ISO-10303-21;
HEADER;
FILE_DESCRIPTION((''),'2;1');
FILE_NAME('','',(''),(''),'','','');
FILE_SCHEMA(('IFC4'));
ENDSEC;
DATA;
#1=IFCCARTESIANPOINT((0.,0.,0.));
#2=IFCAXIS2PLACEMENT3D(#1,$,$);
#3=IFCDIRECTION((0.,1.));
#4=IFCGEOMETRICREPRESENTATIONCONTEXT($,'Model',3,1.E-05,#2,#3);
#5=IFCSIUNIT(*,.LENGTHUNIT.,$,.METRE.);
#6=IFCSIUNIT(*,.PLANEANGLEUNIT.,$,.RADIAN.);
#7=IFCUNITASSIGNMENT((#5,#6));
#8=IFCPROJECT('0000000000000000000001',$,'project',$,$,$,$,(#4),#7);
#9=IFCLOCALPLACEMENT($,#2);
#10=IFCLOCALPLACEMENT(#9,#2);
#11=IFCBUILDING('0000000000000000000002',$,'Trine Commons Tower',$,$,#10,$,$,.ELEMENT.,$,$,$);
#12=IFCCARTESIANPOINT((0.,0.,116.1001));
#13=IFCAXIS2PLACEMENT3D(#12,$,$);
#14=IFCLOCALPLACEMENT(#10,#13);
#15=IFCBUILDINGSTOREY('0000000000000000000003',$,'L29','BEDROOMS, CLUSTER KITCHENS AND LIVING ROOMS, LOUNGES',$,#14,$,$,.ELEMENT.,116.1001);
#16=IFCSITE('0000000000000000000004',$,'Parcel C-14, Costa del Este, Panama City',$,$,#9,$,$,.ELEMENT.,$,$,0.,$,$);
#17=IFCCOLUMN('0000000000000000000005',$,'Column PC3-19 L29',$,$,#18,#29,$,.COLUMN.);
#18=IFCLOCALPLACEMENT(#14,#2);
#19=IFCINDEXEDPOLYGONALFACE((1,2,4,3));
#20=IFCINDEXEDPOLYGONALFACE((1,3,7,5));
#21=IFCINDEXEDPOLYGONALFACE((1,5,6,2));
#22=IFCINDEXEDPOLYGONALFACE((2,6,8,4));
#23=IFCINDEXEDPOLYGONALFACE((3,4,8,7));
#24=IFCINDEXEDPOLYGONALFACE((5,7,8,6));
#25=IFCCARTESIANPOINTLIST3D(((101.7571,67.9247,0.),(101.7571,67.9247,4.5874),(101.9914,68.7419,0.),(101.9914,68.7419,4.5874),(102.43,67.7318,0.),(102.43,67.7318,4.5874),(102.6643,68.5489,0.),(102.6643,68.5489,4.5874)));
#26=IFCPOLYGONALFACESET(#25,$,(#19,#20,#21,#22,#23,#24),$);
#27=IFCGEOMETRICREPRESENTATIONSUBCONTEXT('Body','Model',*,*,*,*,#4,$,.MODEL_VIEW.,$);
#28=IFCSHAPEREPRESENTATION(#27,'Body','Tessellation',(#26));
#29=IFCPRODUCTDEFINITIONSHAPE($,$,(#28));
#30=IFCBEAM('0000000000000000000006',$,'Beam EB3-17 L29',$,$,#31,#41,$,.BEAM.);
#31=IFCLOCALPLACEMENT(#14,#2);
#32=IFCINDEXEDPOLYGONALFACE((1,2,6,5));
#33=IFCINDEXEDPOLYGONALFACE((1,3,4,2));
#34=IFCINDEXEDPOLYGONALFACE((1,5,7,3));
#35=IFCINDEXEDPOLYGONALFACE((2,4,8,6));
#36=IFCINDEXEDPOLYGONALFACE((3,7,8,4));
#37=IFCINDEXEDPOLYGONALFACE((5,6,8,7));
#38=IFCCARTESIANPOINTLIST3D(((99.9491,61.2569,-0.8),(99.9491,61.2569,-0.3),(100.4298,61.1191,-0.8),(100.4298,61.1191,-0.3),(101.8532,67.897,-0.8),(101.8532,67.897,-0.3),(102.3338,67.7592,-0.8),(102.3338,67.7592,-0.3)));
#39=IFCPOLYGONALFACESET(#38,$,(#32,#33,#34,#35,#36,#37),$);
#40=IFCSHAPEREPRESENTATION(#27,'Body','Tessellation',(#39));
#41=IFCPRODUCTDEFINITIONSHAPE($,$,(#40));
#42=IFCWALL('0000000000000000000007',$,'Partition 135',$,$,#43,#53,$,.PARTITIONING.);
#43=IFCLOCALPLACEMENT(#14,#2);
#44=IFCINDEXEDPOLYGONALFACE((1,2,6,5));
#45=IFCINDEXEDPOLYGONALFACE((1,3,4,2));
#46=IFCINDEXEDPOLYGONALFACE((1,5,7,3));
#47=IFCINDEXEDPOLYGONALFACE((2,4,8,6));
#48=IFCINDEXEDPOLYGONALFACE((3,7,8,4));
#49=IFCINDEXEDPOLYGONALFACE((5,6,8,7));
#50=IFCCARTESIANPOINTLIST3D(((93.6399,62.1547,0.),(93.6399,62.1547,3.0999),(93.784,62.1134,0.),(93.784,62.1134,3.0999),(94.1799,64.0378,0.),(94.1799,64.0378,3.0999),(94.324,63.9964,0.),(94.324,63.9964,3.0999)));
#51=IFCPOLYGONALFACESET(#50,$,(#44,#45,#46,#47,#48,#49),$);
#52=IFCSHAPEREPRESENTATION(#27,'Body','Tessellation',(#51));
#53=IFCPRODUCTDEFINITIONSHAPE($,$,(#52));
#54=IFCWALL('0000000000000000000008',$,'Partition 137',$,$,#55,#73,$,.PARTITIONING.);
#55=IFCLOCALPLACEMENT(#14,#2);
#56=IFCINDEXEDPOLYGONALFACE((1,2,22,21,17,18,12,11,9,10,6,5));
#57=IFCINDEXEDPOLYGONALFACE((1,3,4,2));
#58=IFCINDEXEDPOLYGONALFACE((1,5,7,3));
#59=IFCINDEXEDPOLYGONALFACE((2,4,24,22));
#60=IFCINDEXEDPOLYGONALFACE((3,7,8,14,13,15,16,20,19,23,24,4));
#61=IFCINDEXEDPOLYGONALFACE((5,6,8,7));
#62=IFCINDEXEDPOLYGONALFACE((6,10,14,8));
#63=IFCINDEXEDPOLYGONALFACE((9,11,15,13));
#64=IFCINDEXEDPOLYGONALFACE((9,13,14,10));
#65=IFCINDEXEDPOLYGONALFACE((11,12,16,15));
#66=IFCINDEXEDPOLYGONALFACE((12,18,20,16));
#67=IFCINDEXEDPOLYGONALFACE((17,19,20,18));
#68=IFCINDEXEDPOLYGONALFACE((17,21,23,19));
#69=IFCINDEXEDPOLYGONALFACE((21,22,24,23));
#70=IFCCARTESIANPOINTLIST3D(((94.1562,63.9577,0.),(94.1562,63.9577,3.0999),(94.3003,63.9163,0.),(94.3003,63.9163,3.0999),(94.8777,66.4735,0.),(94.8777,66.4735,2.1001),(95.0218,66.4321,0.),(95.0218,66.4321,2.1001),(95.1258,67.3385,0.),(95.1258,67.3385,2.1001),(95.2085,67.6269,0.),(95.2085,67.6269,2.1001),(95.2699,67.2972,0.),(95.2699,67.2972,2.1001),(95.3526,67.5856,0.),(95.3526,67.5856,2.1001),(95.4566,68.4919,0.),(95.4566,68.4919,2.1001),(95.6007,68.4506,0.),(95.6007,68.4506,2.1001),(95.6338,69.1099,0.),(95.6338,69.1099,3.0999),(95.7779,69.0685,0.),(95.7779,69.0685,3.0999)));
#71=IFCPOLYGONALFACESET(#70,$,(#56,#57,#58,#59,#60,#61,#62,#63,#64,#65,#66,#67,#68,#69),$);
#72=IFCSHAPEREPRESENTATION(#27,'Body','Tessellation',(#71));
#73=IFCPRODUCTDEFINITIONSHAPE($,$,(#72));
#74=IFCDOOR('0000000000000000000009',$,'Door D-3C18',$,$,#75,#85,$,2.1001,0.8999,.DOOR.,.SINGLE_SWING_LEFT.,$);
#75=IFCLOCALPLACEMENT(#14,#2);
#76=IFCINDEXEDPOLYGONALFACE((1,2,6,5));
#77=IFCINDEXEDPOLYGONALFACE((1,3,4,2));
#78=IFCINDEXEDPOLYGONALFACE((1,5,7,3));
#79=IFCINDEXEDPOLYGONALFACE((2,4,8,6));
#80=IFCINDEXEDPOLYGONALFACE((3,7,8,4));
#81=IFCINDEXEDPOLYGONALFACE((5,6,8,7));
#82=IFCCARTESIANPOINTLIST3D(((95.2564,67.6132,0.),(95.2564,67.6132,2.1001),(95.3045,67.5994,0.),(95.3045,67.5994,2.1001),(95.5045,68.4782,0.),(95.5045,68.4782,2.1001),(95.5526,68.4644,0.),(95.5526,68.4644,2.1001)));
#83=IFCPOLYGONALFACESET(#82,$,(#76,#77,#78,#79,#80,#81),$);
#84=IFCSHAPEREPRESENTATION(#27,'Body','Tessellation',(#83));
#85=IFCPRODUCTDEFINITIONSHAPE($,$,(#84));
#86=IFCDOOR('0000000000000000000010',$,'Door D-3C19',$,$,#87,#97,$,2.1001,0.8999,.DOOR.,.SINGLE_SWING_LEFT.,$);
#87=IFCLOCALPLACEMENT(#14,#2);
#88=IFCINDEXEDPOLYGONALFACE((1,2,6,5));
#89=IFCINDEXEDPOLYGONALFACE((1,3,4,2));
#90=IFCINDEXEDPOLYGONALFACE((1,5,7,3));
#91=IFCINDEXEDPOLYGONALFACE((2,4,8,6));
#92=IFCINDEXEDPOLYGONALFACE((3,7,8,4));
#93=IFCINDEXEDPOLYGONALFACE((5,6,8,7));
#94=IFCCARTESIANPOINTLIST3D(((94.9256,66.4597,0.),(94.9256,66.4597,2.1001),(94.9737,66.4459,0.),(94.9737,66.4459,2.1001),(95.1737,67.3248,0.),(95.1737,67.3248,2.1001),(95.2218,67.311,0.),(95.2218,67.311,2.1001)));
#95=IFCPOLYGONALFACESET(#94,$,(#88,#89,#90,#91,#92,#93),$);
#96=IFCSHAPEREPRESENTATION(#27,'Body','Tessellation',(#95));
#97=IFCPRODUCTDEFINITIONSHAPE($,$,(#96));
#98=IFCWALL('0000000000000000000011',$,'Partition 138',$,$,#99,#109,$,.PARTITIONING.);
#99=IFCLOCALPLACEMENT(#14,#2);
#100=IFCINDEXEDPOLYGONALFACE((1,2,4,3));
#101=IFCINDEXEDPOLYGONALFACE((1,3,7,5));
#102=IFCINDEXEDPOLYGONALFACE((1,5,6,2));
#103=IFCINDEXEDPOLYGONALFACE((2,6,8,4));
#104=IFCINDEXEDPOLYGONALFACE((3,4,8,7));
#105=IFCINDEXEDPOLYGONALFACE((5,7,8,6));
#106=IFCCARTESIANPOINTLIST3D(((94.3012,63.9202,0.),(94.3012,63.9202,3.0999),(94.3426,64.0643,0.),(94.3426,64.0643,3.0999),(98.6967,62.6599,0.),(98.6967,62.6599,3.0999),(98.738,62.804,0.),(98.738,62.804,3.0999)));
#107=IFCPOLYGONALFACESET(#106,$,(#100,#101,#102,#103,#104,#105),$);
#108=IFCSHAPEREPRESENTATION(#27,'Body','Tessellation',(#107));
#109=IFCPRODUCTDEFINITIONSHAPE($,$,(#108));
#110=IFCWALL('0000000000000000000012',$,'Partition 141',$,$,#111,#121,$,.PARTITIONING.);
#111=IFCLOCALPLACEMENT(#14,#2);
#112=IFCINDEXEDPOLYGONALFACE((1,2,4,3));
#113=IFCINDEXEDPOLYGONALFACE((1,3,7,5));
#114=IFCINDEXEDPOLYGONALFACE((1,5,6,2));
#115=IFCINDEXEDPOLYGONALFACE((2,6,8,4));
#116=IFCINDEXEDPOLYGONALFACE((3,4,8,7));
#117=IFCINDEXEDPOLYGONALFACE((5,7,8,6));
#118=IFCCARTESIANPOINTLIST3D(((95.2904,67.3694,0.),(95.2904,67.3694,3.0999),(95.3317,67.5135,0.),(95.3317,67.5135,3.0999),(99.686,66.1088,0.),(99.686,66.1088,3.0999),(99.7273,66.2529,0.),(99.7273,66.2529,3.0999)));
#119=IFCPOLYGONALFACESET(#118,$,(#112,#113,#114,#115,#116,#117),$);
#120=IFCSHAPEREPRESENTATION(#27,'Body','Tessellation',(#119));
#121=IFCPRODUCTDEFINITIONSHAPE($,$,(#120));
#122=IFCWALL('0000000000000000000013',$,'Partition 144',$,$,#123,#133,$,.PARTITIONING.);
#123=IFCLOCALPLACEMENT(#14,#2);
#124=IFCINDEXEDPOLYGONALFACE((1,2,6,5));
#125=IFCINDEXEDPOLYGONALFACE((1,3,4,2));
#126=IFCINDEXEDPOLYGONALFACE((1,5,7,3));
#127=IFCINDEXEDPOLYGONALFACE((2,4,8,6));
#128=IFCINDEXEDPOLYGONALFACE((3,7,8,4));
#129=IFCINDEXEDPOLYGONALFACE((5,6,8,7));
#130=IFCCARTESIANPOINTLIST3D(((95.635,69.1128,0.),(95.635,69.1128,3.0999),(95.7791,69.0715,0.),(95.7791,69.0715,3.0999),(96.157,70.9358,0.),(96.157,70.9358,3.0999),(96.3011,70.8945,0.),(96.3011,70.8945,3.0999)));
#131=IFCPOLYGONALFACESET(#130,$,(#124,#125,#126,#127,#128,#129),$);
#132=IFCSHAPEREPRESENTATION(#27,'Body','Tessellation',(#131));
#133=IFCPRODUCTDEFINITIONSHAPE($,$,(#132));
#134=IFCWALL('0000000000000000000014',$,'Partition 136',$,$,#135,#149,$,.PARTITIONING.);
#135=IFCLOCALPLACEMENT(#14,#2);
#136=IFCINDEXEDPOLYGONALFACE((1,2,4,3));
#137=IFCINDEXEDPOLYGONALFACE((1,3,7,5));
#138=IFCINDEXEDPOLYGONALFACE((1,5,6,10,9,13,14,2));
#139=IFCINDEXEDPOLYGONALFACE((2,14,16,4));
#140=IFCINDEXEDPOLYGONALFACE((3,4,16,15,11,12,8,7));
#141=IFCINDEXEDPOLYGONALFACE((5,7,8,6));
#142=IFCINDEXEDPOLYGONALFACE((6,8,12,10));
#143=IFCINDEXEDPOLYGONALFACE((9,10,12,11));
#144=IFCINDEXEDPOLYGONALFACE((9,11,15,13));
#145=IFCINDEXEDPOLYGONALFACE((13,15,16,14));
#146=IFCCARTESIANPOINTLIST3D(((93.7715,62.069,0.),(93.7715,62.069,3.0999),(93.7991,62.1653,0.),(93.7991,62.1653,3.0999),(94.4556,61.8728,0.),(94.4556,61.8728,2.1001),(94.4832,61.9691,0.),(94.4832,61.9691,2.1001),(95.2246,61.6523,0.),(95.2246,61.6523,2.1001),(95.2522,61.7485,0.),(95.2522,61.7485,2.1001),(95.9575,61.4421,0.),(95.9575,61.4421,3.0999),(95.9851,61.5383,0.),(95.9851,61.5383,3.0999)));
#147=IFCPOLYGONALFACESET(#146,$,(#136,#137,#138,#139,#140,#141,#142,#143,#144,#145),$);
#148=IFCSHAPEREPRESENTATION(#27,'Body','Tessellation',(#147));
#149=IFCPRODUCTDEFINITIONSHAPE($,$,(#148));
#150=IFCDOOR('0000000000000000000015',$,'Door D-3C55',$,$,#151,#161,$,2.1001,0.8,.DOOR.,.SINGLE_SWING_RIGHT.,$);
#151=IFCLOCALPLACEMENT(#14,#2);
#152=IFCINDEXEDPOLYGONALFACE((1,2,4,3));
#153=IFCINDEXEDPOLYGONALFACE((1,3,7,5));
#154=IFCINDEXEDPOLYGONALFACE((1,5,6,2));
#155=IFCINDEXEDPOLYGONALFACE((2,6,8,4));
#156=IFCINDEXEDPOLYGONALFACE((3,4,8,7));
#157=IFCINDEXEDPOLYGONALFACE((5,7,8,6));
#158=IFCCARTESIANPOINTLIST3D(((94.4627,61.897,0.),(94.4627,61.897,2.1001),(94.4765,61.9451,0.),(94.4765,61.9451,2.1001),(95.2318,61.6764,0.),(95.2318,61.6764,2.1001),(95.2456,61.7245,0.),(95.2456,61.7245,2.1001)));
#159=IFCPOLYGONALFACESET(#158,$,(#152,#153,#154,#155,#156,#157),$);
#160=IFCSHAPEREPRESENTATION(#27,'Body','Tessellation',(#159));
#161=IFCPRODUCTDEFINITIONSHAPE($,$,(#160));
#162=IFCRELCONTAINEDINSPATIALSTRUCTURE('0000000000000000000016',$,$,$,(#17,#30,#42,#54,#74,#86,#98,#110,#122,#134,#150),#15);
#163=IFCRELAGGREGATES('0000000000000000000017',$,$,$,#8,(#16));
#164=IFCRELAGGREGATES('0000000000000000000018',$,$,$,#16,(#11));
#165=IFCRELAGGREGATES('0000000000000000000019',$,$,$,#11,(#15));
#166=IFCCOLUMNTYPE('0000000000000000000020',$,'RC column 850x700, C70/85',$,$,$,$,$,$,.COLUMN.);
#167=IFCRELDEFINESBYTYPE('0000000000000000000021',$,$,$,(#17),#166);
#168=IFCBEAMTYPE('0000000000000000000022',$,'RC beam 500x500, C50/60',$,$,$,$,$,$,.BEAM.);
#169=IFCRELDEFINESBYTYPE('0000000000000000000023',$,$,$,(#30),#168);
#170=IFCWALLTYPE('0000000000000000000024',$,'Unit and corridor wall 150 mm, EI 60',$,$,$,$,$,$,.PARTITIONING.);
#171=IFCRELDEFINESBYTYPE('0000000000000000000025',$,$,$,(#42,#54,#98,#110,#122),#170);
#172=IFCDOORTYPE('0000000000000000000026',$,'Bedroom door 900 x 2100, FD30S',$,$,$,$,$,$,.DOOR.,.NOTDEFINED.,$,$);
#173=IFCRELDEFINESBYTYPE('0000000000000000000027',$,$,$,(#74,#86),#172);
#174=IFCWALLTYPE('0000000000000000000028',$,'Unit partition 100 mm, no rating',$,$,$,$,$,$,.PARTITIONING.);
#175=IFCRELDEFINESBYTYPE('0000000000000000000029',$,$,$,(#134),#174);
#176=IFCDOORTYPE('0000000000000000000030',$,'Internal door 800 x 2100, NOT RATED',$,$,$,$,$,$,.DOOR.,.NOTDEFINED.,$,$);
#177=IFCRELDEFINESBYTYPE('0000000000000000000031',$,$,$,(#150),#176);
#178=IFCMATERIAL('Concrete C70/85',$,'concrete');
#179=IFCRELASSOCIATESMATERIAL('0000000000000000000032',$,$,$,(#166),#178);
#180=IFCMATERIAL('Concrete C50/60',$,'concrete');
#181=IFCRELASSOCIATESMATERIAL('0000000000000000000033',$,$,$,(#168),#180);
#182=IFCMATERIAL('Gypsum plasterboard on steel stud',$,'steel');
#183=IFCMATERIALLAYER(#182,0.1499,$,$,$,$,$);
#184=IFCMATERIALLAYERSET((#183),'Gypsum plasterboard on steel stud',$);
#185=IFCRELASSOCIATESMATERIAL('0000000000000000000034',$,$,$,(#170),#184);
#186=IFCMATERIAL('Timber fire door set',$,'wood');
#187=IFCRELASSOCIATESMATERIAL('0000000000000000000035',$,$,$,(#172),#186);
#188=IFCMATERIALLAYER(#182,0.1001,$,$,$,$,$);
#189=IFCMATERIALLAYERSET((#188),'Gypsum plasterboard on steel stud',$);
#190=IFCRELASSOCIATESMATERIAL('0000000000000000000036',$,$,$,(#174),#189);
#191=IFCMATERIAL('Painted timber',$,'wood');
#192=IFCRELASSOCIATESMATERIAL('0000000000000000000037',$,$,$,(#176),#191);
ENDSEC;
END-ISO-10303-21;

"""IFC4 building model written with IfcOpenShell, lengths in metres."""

from ifc_helpers import new_model, si_unit, direction, frame, frame_2d, origin, origin_2d, place, context, subcontext, project, spatial, rectangle, extrude, material, layer, layer_set, material_profile, profile_set, type_object, element, fill, save


model = new_model("IFC4")

# Units and contexts
model_context = context("Model", 3, precision=1e-05, world=origin(), true_north=direction((0.0, 1.0)))
body_context = subcontext(model_context, "Body", "Model", "MODEL_VIEW")
ifc_project = project(units=[si_unit("LENGTHUNIT", "METRE"), si_unit("PLANEANGLEUNIT", "RADIAN")], contexts=[model_context])

# Site, building, storey
site_placement = place(None, origin())
site = spatial("IfcSite", under=ifc_project, at=site_placement, Name="Parcel C-14, Costa del Este, Panama City", CompositionType="ELEMENT", RefElevation=0.0)
building_placement = place(site_placement, origin())
building = spatial("IfcBuilding", under=site, at=building_placement, Name="Trine Commons Tower", CompositionType="ELEMENT")
storey_placement = place(building_placement, frame((0.0, 0.0, 116.1001)))
storey = spatial("IfcBuildingStorey", under=building, at=storey_placement, Name="L29", Description="BEDROOMS, CLUSTER KITCHENS AND LIVING ROOMS, LOUNGES", CompositionType="ELEMENT", Elevation=116.1001)

# Column
ifc_material_1 = material(Name="Concrete C70/85", Category="concrete")
ifc_material_profile_1 = material_profile(ifc_material_1, rectangle(XDim=0.8501, YDim=0.7, at=origin_2d()), Name="RC 850x700")
ifc_profile_set_1 = profile_set([ifc_material_profile_1], Name="Concrete C70/85")
column_type = type_object("IfcColumnType", Name="RC column 850x700, C70/85", PredefinedType="COLUMN", material=ifc_profile_set_1)
column_placement = place(storey_placement, frame((102.2107, 68.2368, 0.0), z_axis=(0.0, 0.0, 1.0), x_axis=(0.275637, 0.961262, 0.0)))
element("IfcColumn", 1, at=column_placement, inside=storey, type_object=column_type, Name="Column PC3-19 L29", PredefinedType="COLUMN", context=body_context, shape_type="SweptSolid", body=[
    extrude(rectangle(XDim=0.8501, YDim=0.7, at=origin_2d()), origin(), (0.0, 0.0, 1.0), 4.5874),
])

# Beam
ifc_material_2 = material(Name="Concrete C50/60", Category="concrete")
ifc_material_profile_2 = material_profile(ifc_material_2, rectangle(XDim=0.5, YDim=0.5, at=origin_2d()), Name="RC 500x500")
ifc_profile_set_2 = profile_set([ifc_material_profile_2], Name="Concrete C50/60")
beam_type = type_object("IfcBeamType", Name="RC beam 500x500, C50/60", PredefinedType="BEAM", material=ifc_profile_set_2)
beam_placement = place(storey_placement, frame((102.0935, 67.8281, -0.55), z_axis=(-0.275641, -0.961261, 0.0), x_axis=(0.961261, -0.275641, 0.0)))
element("IfcBeam", 2, at=beam_placement, inside=storey, type_object=beam_type, Name="Beam EB3-17 L29", PredefinedType="BEAM", context=body_context, shape_type="SweptSolid", body=[
    extrude(rectangle(XDim=0.5, YDim=0.5, at=origin_2d()), origin(), (0.0, 0.0, 1.0), 6.9077),
])

# Wall
ifc_material_3 = material(Name="Gypsum plasterboard on steel stud", Category="steel")
ifc_layer_1 = layer(ifc_material_3, 0.1499)
ifc_layer_set_1 = layer_set([ifc_layer_1], Name="Gypsum plasterboard on steel stud")
wall_type_1 = type_object("IfcWallType", Name="Unit and corridor wall 150 mm, EI 60", PredefinedType="PARTITIONING", material=ifc_layer_set_1)
wall_1_placement = place(storey_placement, frame((93.7119, 62.134, 0.0), z_axis=(0.0, 0.0, 1.0), x_axis=(0.275676, 0.961251, 0.0)))
element("IfcWall", 3, at=wall_1_placement, inside=storey, type_object=wall_type_1, Name="Partition 135", PredefinedType="PARTITIONING", context=body_context, shape_type="SweptSolid", body=[
    extrude(rectangle(XDim=1.959, YDim=0.1499, at=frame_2d((0.9795, 0.0))), origin(), (0.0, 0.0, 1.0), 3.0999),
])

# Wall, openings, doors
wall_2_placement = place(storey_placement, frame((94.2283, 63.937, 0.0), z_axis=(0.0, 0.0, 1.0), x_axis=(0.275672, 0.961252, 0.0)))
wall_2 = element("IfcWall", 4, at=wall_2_placement, inside=storey, type_object=wall_type_1, Name="Partition 137", PredefinedType="PARTITIONING", context=body_context, shape_type="SweptSolid", body=[
    extrude(rectangle(XDim=5.3599, YDim=0.1499, at=frame_2d((2.6799, 0.0))), origin(), (0.0, 0.0, 1.0), 3.0999),
])
opening_1_placement = place(wall_2_placement, frame((3.8171, 0.0, 0.0)))
opening_1 = element("IfcOpeningElement", 5, at=opening_1_placement, cuts=wall_2, PredefinedType="OPENING", context=body_context, shape_type="SweptSolid", body=[
    extrude(rectangle(XDim=0.8999, YDim=2.1001, at=frame_2d((0.45, 1.05))), frame((0.0, 0.085, 0.0), z_axis=(0.0, -1.0, 0.0), x_axis=(1.0, 0.0, 0.0)), (0.0, 0.0, 1.0), 0.1699),
])
opening_2_placement = place(wall_2_placement, frame((2.6172, 0.0, 0.0)))
opening_2 = element("IfcOpeningElement", 6, at=opening_2_placement, cuts=wall_2, PredefinedType="OPENING", context=body_context, shape_type="SweptSolid", body=[
    extrude(rectangle(XDim=0.8999, YDim=2.1001, at=frame_2d((0.45, 1.05))), frame((0.0, 0.085, 0.0), z_axis=(0.0, -1.0, 0.0), x_axis=(1.0, 0.0, 0.0)), (0.0, 0.0, 1.0), 0.1699),
])
ifc_material_4 = material(Name="Timber fire door set", Category="wood")
door_type_1 = type_object("IfcDoorType", Name="Bedroom door 900 x 2100, FD30S", OperationType="NOTDEFINED", PredefinedType="DOOR", material=ifc_material_4)
door_1_placement = place(opening_1_placement, frame((0.8999, 0.0, 0.0), z_axis=(0.0, 0.0, 1.0), x_axis=(-1.0, 0.0, 0.0)))
door_1 = element("IfcDoor", 7, at=door_1_placement, inside=storey, type_object=door_type_1, Name="Door D-3C18", OperationType="SINGLE_SWING_LEFT", OverallHeight=2.1001, OverallWidth=0.8999, PredefinedType="DOOR", context=body_context, shape_type="SweptSolid", body=[
    extrude(rectangle(XDim=0.8999, YDim=2.1001, at=frame_2d((0.45, 1.05))), frame((0.0, 0.0249, 0.0), z_axis=(0.0, -1.0, 0.0), x_axis=(1.0, 0.0, 0.0)), (0.0, 0.0, 1.0), 0.05),
])
fill(opening_1, door_1)
door_2_placement = place(opening_2_placement, frame((0.8999, 0.0, 0.0), z_axis=(0.0, 0.0, 1.0), x_axis=(-1.0, 0.0, 0.0)))
door_2 = element("IfcDoor", 8, at=door_2_placement, inside=storey, type_object=door_type_1, Name="Door D-3C19", OperationType="SINGLE_SWING_LEFT", OverallHeight=2.1001, OverallWidth=0.8999, PredefinedType="DOOR", context=body_context, shape_type="SweptSolid", body=[
    extrude(rectangle(XDim=0.8999, YDim=2.1001, at=frame_2d((0.45, 1.05))), frame((0.0, 0.0249, 0.0), z_axis=(0.0, -1.0, 0.0), x_axis=(1.0, 0.0, 0.0)), (0.0, 0.0, 1.0), 0.05),
])
fill(opening_2, door_2)

# Walls
wall_3_placement = place(storey_placement, frame((94.322, 63.9922, 0.0), z_axis=(0.0, 0.0, 1.0), x_axis=(0.96127, -0.27561, 0.0)))
element("IfcWall", 9, at=wall_3_placement, inside=storey, type_object=wall_type_1, Name="Partition 138", PredefinedType="PARTITIONING", context=body_context, shape_type="SweptSolid", body=[
    extrude(rectangle(XDim=4.5725, YDim=0.1499, at=frame_2d((2.2861, 0.0))), origin(), (0.0, 0.0, 1.0), 3.0999),
])
wall_4_placement = place(storey_placement, frame((95.311, 67.4414, 0.0), z_axis=(0.0, 0.0, 1.0), x_axis=(0.961256, -0.275659, 0.0)))
element("IfcWall", 10, at=wall_4_placement, inside=storey, type_object=wall_type_1, Name="Partition 141", PredefinedType="PARTITIONING", context=body_context, shape_type="SweptSolid", body=[
    extrude(rectangle(XDim=4.5728, YDim=0.1499, at=frame_2d((2.2864, 0.0))), origin(), (0.0, 0.0, 1.0), 3.0999),
])
wall_5_placement = place(storey_placement, frame((95.707, 69.092, 0.0), z_axis=(0.0, 0.0, 1.0), x_axis=(0.275265, 0.961368, 0.0)))
element("IfcWall", 11, at=wall_5_placement, inside=storey, type_object=wall_type_1, Name="Partition 144", PredefinedType="PARTITIONING", context=body_context, shape_type="SweptSolid", body=[
    extrude(rectangle(XDim=1.8962, YDim=0.1499, at=frame_2d((0.9482, 0.0))), origin(), (0.0, 0.0, 1.0), 3.0999),
])

# Wall, opening, door
ifc_layer_2 = layer(ifc_material_3, 0.1001)
ifc_layer_set_2 = layer_set([ifc_layer_2], Name="Gypsum plasterboard on steel stud")
wall_type_2 = type_object("IfcWallType", Name="Unit partition 100 mm, no rating", PredefinedType="PARTITIONING", material=ifc_layer_set_2)
wall_6_placement = place(storey_placement, frame((93.7852, 62.1172, 0.0), z_axis=(0.0, 0.0, 1.0), x_axis=(0.961248, -0.275685, 0.0)))
wall_6 = element("IfcWall", 12, at=wall_6_placement, inside=storey, type_object=wall_type_2, Name="Partition 136", PredefinedType="PARTITIONING", context=body_context, shape_type="SweptSolid", body=[
    extrude(rectangle(XDim=2.2742, YDim=0.1001, at=frame_2d((1.1372, 0.0))), origin(), (0.0, 0.0, 1.0), 3.0999),
])
opening_3_placement = place(wall_6_placement, frame((0.7119, 0.0, 0.0)))
opening_3 = element("IfcOpeningElement", 13, at=opening_3_placement, cuts=wall_6, PredefinedType="OPENING", context=body_context, shape_type="SweptSolid", body=[
    extrude(rectangle(XDim=0.8, YDim=2.1001, at=frame_2d((0.3999, 1.05))), frame((0.0, 0.0601, 0.0), z_axis=(0.0, -1.0, 0.0), x_axis=(1.0, 0.0, 0.0)), (0.0, 0.0, 1.0), 0.1201),
])
ifc_material_5 = material(Name="Painted timber", Category="wood")
door_type_2 = type_object("IfcDoorType", Name="Internal door 800 x 2100, NOT RATED", OperationType="NOTDEFINED", PredefinedType="DOOR", material=ifc_material_5)
door_3_placement = place(opening_3_placement, frame((0.8, 0.0, 0.0), z_axis=(0.0, 0.0, 1.0), x_axis=(-1.0, 0.0, 0.0)))
door_3 = element("IfcDoor", 14, at=door_3_placement, inside=storey, type_object=door_type_2, Name="Door D-3C55", OperationType="SINGLE_SWING_RIGHT", OverallHeight=2.1001, OverallWidth=0.8, PredefinedType="DOOR", context=body_context, shape_type="SweptSolid", body=[
    extrude(rectangle(XDim=0.8, YDim=2.1001, at=frame_2d((0.3999, 1.05))), frame((0.0, 0.0249, 0.0), z_axis=(0.0, -1.0, 0.0), x_axis=(1.0, 0.0, 0.0)), (0.0, 0.0, 1.0), 0.05),
])
fill(opening_3, door_3)

save(model, "model.ifc")
